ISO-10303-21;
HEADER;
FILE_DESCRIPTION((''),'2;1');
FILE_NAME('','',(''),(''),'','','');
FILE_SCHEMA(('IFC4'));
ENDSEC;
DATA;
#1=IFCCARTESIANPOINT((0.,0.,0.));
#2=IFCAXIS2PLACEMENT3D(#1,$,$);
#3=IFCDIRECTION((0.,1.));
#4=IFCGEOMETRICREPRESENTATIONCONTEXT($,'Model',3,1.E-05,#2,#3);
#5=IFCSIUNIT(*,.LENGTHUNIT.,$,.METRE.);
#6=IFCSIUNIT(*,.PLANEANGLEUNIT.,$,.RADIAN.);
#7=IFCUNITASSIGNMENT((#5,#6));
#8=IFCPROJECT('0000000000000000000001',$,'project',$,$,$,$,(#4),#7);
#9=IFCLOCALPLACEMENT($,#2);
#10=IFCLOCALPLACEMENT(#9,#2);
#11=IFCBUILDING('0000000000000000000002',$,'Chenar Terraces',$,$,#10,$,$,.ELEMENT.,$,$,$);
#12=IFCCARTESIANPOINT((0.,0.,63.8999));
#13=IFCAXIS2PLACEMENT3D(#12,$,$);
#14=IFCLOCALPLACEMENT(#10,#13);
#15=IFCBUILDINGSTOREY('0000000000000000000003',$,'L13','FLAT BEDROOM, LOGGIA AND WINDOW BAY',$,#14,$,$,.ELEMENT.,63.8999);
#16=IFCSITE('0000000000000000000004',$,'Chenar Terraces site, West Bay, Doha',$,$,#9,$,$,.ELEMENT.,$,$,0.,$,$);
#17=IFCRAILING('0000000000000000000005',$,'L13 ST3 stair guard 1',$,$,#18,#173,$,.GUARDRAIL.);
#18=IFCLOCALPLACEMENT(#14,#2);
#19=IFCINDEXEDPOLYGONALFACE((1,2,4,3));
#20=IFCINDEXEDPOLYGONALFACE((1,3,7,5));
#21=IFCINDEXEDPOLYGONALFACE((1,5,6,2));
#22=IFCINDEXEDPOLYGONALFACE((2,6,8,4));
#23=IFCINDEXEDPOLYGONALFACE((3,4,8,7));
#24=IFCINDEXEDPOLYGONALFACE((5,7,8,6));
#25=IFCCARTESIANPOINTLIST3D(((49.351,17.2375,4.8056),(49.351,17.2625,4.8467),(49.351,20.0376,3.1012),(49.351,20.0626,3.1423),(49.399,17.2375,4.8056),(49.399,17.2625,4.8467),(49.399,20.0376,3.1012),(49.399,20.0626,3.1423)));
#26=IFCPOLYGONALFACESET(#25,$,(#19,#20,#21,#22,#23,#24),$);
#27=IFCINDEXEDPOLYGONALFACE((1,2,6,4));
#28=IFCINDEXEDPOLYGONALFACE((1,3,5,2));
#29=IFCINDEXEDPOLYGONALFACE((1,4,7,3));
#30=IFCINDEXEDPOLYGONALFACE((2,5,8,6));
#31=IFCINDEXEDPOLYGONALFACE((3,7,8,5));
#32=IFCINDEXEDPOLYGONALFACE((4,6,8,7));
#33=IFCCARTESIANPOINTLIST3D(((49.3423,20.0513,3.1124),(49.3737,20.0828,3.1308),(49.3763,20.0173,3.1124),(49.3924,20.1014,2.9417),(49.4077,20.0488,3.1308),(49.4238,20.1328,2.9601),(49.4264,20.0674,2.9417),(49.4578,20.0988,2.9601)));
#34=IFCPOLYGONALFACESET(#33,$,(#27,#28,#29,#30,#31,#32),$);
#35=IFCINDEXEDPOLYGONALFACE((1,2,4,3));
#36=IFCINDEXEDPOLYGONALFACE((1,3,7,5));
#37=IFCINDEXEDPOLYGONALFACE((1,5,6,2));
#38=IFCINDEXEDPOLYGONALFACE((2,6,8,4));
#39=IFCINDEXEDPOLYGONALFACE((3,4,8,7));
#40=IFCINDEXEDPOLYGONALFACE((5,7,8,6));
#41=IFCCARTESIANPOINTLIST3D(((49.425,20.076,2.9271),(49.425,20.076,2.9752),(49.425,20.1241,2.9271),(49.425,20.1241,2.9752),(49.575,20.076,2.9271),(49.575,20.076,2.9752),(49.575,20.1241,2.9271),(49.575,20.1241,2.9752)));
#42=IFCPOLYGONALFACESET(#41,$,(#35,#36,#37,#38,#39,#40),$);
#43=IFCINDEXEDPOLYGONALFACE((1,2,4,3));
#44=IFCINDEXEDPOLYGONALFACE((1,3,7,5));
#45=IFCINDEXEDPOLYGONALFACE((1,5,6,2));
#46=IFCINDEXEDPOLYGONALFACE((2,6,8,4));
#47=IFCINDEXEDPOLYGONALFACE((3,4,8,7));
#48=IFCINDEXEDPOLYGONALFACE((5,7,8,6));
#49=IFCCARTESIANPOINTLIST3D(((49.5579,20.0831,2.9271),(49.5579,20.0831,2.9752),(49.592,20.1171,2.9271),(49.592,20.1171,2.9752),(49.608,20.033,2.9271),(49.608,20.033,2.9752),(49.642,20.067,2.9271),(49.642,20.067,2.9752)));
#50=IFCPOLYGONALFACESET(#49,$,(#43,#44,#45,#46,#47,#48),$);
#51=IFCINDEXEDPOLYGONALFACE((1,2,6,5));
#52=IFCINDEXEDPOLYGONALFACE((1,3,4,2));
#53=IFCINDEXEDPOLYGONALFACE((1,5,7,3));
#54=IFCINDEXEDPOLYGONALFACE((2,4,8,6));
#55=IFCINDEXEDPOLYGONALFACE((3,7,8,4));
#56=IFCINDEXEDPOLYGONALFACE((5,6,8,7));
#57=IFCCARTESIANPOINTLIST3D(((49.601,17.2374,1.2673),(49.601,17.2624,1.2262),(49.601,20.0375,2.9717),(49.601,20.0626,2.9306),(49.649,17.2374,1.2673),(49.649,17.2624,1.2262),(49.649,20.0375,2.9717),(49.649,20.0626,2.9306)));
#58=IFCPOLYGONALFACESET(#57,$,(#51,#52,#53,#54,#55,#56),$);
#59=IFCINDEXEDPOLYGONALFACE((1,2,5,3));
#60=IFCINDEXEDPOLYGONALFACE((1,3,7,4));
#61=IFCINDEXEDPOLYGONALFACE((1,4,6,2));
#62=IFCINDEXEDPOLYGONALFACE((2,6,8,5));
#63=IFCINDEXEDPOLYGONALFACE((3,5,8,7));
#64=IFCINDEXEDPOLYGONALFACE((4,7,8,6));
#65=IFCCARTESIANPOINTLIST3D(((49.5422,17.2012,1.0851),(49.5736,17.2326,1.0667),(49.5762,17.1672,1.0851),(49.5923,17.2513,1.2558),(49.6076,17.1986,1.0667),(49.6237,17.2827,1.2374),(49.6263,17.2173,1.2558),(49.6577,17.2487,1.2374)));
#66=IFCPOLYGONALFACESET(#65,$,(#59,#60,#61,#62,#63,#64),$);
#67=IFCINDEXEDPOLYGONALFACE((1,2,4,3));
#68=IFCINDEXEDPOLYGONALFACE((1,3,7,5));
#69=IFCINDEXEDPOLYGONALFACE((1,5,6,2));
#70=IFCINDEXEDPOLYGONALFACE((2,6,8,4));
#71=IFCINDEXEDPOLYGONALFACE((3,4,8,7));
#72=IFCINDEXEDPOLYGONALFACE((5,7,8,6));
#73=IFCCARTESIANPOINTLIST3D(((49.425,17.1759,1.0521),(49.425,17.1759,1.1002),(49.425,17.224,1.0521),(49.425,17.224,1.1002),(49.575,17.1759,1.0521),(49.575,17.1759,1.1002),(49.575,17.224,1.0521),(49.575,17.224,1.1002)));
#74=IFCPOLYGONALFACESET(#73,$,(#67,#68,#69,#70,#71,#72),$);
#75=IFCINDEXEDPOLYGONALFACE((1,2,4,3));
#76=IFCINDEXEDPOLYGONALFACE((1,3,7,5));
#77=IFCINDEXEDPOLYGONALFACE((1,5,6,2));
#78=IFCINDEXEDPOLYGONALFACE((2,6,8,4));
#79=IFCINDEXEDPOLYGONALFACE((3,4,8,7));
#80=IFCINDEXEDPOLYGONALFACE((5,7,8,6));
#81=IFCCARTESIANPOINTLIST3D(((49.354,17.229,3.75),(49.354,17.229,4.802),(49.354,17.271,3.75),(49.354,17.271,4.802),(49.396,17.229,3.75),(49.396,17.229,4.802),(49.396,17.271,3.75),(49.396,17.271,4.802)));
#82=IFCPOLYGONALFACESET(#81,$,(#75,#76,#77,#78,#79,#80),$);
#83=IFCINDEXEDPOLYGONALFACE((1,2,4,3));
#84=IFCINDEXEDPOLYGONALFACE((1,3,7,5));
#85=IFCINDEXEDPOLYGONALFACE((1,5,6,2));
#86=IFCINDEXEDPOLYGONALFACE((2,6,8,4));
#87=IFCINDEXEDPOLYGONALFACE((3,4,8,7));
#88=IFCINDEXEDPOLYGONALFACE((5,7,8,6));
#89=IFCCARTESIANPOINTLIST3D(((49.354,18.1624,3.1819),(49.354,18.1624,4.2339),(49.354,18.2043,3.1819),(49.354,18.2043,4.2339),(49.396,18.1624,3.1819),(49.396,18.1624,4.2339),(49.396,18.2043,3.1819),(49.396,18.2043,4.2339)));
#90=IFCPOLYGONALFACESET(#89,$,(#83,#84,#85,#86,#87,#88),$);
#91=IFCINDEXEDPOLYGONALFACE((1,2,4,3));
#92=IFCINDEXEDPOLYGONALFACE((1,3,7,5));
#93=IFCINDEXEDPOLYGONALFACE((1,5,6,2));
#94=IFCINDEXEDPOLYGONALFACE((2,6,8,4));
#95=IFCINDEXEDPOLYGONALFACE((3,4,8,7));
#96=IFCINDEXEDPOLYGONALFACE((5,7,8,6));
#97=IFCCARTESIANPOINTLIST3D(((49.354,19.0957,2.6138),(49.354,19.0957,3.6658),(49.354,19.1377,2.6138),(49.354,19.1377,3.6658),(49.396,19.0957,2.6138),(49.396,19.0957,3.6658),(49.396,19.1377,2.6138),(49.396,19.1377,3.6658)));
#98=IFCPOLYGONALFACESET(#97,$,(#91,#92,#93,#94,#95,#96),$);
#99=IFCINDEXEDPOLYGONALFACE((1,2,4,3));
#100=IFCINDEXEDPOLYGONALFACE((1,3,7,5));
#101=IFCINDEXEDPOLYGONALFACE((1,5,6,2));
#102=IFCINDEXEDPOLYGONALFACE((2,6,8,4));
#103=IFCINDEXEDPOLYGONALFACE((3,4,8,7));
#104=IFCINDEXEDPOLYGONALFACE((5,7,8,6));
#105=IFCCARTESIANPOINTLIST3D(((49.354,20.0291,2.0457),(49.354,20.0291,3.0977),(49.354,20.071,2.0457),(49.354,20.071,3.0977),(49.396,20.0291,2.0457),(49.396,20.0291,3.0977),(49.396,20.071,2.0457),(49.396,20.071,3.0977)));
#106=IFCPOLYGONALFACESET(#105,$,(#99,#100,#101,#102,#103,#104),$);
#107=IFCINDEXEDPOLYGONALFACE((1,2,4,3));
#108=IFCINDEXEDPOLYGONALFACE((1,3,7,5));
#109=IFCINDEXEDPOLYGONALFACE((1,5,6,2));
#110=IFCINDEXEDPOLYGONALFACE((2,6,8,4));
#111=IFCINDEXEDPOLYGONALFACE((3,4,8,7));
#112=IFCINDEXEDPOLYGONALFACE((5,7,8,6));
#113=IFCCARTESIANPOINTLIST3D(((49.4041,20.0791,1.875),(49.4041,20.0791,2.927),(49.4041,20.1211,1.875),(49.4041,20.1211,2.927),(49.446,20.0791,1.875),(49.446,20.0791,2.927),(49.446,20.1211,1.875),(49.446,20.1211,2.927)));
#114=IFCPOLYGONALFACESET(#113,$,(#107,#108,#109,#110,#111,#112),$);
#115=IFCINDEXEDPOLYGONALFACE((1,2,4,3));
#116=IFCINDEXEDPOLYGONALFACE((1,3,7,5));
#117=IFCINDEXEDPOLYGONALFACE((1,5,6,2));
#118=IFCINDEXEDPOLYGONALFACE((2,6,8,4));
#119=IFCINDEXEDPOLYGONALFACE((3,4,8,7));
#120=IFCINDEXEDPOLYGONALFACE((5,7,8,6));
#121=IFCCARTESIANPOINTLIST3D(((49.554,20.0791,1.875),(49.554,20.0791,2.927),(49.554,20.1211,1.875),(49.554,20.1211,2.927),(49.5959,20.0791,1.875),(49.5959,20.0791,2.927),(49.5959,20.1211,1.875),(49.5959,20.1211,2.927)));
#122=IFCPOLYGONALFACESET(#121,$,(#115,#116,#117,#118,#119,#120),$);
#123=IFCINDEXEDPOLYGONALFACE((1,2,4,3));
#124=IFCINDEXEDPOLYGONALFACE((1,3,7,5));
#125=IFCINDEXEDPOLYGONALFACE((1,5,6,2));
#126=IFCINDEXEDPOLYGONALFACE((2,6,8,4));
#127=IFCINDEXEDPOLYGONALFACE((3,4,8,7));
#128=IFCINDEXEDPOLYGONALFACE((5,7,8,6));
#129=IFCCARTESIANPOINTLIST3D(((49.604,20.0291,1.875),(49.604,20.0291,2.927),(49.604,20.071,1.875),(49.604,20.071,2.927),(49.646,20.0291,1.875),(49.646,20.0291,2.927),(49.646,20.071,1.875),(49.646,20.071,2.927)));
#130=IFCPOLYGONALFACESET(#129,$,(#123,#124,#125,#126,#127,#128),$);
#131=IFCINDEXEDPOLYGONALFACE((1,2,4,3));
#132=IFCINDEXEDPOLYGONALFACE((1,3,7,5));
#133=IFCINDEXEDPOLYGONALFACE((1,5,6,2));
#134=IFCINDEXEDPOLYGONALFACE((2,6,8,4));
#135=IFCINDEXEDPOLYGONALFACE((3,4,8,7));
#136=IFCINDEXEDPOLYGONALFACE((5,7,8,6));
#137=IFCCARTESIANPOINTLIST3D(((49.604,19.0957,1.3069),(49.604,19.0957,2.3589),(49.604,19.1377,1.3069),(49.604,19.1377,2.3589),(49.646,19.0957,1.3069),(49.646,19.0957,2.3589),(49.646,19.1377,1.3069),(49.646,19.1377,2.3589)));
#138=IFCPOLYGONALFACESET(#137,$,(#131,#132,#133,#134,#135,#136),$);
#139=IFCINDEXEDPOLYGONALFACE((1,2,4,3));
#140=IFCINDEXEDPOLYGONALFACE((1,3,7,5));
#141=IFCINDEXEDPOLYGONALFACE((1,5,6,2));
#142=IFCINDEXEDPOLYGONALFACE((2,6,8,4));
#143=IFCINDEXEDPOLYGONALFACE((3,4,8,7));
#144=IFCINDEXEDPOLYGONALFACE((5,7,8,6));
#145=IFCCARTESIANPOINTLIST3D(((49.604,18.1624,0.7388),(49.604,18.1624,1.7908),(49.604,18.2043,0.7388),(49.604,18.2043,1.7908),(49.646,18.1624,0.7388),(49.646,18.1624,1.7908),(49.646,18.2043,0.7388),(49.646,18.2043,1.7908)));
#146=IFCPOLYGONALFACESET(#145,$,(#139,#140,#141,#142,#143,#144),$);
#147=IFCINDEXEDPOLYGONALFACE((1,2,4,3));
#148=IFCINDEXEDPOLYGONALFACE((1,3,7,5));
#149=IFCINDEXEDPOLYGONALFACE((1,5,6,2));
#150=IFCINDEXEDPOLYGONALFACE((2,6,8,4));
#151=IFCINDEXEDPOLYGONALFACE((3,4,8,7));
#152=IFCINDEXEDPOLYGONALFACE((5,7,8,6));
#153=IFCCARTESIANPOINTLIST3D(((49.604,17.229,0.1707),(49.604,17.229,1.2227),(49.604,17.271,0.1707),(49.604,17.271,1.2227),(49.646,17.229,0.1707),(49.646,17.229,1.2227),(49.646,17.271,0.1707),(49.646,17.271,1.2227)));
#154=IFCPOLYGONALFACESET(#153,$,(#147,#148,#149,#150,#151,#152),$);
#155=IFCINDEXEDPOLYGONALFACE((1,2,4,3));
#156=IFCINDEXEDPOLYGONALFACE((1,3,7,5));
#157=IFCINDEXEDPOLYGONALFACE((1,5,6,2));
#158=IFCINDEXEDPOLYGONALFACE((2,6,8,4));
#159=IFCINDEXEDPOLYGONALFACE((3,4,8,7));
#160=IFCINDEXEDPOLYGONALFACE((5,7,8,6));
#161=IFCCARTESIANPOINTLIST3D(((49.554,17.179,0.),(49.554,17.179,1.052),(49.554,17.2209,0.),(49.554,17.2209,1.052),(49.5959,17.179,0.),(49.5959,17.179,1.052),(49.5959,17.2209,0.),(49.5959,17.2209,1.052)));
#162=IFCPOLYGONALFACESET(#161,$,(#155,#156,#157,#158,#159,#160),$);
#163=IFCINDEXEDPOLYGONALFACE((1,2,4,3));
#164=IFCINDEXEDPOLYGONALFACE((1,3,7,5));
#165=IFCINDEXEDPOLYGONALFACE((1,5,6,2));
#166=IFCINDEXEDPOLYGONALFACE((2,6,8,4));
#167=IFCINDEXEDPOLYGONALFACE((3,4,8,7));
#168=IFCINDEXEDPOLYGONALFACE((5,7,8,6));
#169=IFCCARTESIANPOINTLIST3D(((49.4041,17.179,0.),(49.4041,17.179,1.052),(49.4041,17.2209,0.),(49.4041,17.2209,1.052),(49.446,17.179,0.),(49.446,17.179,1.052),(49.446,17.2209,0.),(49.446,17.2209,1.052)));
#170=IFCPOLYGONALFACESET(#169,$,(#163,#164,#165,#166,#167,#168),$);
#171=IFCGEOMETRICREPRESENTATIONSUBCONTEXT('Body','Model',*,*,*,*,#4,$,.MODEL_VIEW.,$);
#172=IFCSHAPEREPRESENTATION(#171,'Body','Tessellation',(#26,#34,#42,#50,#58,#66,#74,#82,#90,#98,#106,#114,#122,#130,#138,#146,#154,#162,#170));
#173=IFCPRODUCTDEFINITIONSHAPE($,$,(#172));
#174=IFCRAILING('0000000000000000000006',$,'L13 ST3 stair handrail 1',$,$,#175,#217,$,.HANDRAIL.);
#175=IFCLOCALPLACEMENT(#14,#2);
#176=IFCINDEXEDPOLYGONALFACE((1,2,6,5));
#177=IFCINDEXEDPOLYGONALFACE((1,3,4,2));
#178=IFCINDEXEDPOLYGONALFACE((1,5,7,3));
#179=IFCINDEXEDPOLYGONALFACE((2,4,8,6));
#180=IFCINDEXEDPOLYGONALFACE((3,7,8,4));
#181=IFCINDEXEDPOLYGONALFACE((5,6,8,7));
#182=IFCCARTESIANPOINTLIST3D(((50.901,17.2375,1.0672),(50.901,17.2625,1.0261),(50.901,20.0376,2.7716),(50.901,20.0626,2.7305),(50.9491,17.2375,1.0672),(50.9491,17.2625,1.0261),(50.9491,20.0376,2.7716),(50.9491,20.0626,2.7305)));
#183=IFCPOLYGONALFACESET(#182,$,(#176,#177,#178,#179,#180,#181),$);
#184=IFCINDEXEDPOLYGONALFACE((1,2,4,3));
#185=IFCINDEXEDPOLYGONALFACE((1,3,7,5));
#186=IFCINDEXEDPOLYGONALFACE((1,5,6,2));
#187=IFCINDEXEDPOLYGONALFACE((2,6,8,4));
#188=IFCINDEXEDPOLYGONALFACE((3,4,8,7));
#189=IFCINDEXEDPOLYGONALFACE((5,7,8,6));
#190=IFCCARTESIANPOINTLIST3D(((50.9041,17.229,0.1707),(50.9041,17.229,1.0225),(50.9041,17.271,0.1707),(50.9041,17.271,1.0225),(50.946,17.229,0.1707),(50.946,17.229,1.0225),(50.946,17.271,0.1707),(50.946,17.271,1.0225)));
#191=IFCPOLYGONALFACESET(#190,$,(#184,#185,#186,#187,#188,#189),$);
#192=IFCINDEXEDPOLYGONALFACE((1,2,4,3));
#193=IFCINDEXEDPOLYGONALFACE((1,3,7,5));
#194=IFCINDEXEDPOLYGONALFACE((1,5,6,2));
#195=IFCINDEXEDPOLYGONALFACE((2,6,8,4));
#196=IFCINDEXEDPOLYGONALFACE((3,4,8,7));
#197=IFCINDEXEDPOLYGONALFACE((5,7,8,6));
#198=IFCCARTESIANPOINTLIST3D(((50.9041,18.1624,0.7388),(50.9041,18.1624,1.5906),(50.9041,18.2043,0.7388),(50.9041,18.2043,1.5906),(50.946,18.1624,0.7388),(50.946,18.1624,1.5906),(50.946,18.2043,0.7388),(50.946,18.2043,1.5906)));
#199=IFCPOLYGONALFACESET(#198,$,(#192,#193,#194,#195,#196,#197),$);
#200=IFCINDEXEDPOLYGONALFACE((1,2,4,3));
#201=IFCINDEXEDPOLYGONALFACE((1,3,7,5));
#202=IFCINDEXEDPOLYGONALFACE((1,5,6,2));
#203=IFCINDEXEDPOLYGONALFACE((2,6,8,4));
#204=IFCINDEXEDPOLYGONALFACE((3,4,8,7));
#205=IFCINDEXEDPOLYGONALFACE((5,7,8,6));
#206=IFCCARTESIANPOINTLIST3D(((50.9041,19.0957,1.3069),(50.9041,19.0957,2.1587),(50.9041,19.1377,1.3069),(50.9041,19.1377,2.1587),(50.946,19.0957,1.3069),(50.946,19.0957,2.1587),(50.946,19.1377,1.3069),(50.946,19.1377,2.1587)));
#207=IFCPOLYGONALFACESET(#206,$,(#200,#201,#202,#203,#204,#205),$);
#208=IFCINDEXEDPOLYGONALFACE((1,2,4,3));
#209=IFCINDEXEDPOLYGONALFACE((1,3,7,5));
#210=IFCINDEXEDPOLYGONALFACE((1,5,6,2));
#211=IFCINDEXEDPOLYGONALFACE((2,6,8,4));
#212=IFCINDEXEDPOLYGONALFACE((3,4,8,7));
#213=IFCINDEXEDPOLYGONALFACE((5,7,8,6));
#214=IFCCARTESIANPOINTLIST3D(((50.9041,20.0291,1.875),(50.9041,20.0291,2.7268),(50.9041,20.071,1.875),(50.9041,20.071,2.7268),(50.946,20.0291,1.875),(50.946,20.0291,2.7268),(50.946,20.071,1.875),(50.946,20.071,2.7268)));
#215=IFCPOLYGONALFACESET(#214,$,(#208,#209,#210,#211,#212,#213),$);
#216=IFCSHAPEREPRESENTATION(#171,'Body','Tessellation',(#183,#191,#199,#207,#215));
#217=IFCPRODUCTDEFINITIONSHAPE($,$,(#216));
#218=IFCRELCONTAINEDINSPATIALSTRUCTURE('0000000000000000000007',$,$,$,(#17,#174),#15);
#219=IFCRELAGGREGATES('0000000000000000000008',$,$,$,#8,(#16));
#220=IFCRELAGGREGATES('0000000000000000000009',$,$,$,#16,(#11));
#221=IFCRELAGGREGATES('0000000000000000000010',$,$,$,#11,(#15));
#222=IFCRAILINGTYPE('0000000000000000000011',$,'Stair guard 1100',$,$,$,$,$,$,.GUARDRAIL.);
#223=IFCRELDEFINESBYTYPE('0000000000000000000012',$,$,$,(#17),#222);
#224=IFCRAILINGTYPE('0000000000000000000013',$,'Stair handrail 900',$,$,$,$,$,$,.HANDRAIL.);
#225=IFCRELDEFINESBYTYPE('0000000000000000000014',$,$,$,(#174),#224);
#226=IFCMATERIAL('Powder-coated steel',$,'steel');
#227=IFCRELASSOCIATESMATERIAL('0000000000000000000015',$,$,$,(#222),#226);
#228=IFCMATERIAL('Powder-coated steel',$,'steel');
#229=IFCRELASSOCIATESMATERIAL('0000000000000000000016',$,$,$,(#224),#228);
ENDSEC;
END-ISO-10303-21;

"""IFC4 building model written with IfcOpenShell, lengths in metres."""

from ifc_helpers import new_model, si_unit, direction, frame, origin, origin_2d, place, context, subcontext, project, spatial, rectangle, extrude, material, type_object, element, save


model = new_model("IFC4")

# Units and contexts
model_context = context("Model", 3, precision=1e-05, world=origin(), true_north=direction((0.0, 1.0)))
body_context = subcontext(model_context, "Body", "Model", "MODEL_VIEW")
ifc_project = project(units=[si_unit("LENGTHUNIT", "METRE"), si_unit("PLANEANGLEUNIT", "RADIAN")], contexts=[model_context])

# Site, building, storey
site_placement = place(None, origin())
site = spatial("IfcSite", under=ifc_project, at=site_placement, Name="Chenar Terraces site, West Bay, Doha", CompositionType="ELEMENT", RefElevation=0.0)
building_placement = place(site_placement, origin())
building = spatial("IfcBuilding", under=site, at=building_placement, Name="Chenar Terraces", CompositionType="ELEMENT")
storey_placement = place(building_placement, frame((0.0, 0.0, 63.8999)))
storey = spatial("IfcBuildingStorey", under=building, at=storey_placement, Name="L13", Description="FLAT BEDROOM, LOGGIA AND WINDOW BAY", CompositionType="ELEMENT", Elevation=63.8999)

# Railings
ifc_material_1 = material(Name="Powder-coated steel", Category="steel")
railing_type_1 = type_object("IfcRailingType", Name="Stair guard 1100", PredefinedType="GUARDRAIL", material=ifc_material_1)
railing_1_placement = place(storey_placement, frame((49.375, 17.25, 3.75)))
element("IfcRailing", 1, at=railing_1_placement, inside=storey, type_object=railing_type_1, Name="L13 ST3 stair guard 1", PredefinedType="GUARDRAIL", context=body_context, shape_type="SweptSolid", body=[
    extrude(rectangle(XDim=0.0481, YDim=0.0481, at=origin_2d()), frame((0.0, 0.0, 1.0762), z_axis=(0.0, 0.854203, -0.51994), x_axis=(-1.0, 0.0, 0.0)), (0.0, 0.0, 1.0), 3.2781),
    extrude(rectangle(XDim=0.0481, YDim=0.0481, at=origin_2d()), frame((0.0, 2.8, -0.6284), z_axis=(0.2709, 0.2709, -0.923703), x_axis=(-0.707107, 0.707107, 0.0)), (0.0, 0.0, 1.0), 0.1848),
    extrude(rectangle(XDim=0.0481, YDim=0.0481, at=origin_2d()), frame((0.05, 2.8501, -0.7988), z_axis=(1.0, 0.0, 0.0), x_axis=(0.0, 1.0, 0.0)), (0.0, 0.0, 1.0), 0.1499),
    extrude(rectangle(XDim=0.0481, YDim=0.0481, at=origin_2d()), frame((0.2, 2.8501, -0.7988), z_axis=(0.707107, -0.707107, 0.0), x_axis=(0.707107, 0.707107, 0.0)), (0.0, 0.0, 1.0), 0.0708),
    extrude(rectangle(XDim=0.0481, YDim=0.0481, at=origin_2d()), frame((0.25, 2.8, -0.7988), z_axis=(0.0, -0.854203, -0.51994), x_axis=(1.0, 0.0, 0.0)), (0.0, 0.0, 1.0), 3.2781),
    extrude(rectangle(XDim=0.0481, YDim=0.0481, at=origin_2d()), frame((0.25, 0.0, -2.5034), z_axis=(-0.2709, -0.2709, -0.923703), x_axis=(0.707107, -0.707107, 0.0)), (0.0, 0.0, 1.0), 0.1848),
    extrude(rectangle(XDim=0.0481, YDim=0.0481, at=origin_2d()), frame((0.2, -0.05, -2.6738), z_axis=(-1.0, 0.0, 0.0), x_axis=(0.0, -1.0, 0.0)), (0.0, 0.0, 1.0), 0.1499),
    extrude(rectangle(XDim=0.042, YDim=0.042, at=origin_2d()), origin(), (0.0, 0.0, 1.0), 1.052),
    extrude(rectangle(XDim=0.042, YDim=0.042, at=origin_2d()), frame((0.0, 0.9333, -0.5681)), (0.0, 0.0, 1.0), 1.052),
    extrude(rectangle(XDim=0.042, YDim=0.042, at=origin_2d()), frame((0.0, 1.8667, -1.1362)), (0.0, 0.0, 1.0), 1.052),
    extrude(rectangle(XDim=0.042, YDim=0.042, at=origin_2d()), frame((0.0, 2.8, -1.7043)), (0.0, 0.0, 1.0), 1.052),
    extrude(rectangle(XDim=0.042, YDim=0.042, at=origin_2d()), frame((0.05, 2.8501, -1.875)), (0.0, 0.0, 1.0), 1.052),
    extrude(rectangle(XDim=0.042, YDim=0.042, at=origin_2d()), frame((0.2, 2.8501, -1.875)), (0.0, 0.0, 1.0), 1.052),
    extrude(rectangle(XDim=0.042, YDim=0.042, at=origin_2d()), frame((0.25, 2.8, -1.875)), (0.0, 0.0, 1.0), 1.052),
    extrude(rectangle(XDim=0.042, YDim=0.042, at=origin_2d()), frame((0.25, 1.8667, -2.4431)), (0.0, 0.0, 1.0), 1.052),
    extrude(rectangle(XDim=0.042, YDim=0.042, at=origin_2d()), frame((0.25, 0.9333, -3.0112)), (0.0, 0.0, 1.0), 1.052),
    extrude(rectangle(XDim=0.042, YDim=0.042, at=origin_2d()), frame((0.25, 0.0, -3.5793)), (0.0, 0.0, 1.0), 1.052),
    extrude(rectangle(XDim=0.042, YDim=0.042, at=origin_2d()), frame((0.2, -0.05, -3.75)), (0.0, 0.0, 1.0), 1.052),
    extrude(rectangle(XDim=0.042, YDim=0.042, at=origin_2d()), frame((0.05, -0.05, -3.75)), (0.0, 0.0, 1.0), 1.052),
])
ifc_material_2 = material(Name="Powder-coated steel", Category="steel")
railing_type_2 = type_object("IfcRailingType", Name="Stair handrail 900", PredefinedType="HANDRAIL", material=ifc_material_2)
railing_2_placement = place(storey_placement, frame((50.925, 17.25, 0.1707)))
element("IfcRailing", 2, at=railing_2_placement, inside=storey, type_object=railing_type_2, Name="L13 ST3 stair handrail 1", PredefinedType="HANDRAIL", context=body_context, shape_type="SweptSolid", body=[
    extrude(rectangle(XDim=0.0481, YDim=0.0481, at=origin_2d()), frame((0.0, 0.0, 0.876), z_axis=(0.0, 0.854203, 0.51994), x_axis=(-1.0, 0.0, 0.0)), (0.0, 0.0, 1.0), 3.2781),
    extrude(rectangle(XDim=0.042, YDim=0.042, at=origin_2d()), origin(), (0.0, 0.0, 1.0), 0.8518),
    extrude(rectangle(XDim=0.042, YDim=0.042, at=origin_2d()), frame((0.0, 0.9333, 0.5681)), (0.0, 0.0, 1.0), 0.8518),
    extrude(rectangle(XDim=0.042, YDim=0.042, at=origin_2d()), frame((0.0, 1.8667, 1.1362)), (0.0, 0.0, 1.0), 0.8518),
    extrude(rectangle(XDim=0.042, YDim=0.042, at=origin_2d()), frame((0.0, 2.8, 1.7043)), (0.0, 0.0, 1.0), 0.8518),
])

save(model, "model.ifc")
